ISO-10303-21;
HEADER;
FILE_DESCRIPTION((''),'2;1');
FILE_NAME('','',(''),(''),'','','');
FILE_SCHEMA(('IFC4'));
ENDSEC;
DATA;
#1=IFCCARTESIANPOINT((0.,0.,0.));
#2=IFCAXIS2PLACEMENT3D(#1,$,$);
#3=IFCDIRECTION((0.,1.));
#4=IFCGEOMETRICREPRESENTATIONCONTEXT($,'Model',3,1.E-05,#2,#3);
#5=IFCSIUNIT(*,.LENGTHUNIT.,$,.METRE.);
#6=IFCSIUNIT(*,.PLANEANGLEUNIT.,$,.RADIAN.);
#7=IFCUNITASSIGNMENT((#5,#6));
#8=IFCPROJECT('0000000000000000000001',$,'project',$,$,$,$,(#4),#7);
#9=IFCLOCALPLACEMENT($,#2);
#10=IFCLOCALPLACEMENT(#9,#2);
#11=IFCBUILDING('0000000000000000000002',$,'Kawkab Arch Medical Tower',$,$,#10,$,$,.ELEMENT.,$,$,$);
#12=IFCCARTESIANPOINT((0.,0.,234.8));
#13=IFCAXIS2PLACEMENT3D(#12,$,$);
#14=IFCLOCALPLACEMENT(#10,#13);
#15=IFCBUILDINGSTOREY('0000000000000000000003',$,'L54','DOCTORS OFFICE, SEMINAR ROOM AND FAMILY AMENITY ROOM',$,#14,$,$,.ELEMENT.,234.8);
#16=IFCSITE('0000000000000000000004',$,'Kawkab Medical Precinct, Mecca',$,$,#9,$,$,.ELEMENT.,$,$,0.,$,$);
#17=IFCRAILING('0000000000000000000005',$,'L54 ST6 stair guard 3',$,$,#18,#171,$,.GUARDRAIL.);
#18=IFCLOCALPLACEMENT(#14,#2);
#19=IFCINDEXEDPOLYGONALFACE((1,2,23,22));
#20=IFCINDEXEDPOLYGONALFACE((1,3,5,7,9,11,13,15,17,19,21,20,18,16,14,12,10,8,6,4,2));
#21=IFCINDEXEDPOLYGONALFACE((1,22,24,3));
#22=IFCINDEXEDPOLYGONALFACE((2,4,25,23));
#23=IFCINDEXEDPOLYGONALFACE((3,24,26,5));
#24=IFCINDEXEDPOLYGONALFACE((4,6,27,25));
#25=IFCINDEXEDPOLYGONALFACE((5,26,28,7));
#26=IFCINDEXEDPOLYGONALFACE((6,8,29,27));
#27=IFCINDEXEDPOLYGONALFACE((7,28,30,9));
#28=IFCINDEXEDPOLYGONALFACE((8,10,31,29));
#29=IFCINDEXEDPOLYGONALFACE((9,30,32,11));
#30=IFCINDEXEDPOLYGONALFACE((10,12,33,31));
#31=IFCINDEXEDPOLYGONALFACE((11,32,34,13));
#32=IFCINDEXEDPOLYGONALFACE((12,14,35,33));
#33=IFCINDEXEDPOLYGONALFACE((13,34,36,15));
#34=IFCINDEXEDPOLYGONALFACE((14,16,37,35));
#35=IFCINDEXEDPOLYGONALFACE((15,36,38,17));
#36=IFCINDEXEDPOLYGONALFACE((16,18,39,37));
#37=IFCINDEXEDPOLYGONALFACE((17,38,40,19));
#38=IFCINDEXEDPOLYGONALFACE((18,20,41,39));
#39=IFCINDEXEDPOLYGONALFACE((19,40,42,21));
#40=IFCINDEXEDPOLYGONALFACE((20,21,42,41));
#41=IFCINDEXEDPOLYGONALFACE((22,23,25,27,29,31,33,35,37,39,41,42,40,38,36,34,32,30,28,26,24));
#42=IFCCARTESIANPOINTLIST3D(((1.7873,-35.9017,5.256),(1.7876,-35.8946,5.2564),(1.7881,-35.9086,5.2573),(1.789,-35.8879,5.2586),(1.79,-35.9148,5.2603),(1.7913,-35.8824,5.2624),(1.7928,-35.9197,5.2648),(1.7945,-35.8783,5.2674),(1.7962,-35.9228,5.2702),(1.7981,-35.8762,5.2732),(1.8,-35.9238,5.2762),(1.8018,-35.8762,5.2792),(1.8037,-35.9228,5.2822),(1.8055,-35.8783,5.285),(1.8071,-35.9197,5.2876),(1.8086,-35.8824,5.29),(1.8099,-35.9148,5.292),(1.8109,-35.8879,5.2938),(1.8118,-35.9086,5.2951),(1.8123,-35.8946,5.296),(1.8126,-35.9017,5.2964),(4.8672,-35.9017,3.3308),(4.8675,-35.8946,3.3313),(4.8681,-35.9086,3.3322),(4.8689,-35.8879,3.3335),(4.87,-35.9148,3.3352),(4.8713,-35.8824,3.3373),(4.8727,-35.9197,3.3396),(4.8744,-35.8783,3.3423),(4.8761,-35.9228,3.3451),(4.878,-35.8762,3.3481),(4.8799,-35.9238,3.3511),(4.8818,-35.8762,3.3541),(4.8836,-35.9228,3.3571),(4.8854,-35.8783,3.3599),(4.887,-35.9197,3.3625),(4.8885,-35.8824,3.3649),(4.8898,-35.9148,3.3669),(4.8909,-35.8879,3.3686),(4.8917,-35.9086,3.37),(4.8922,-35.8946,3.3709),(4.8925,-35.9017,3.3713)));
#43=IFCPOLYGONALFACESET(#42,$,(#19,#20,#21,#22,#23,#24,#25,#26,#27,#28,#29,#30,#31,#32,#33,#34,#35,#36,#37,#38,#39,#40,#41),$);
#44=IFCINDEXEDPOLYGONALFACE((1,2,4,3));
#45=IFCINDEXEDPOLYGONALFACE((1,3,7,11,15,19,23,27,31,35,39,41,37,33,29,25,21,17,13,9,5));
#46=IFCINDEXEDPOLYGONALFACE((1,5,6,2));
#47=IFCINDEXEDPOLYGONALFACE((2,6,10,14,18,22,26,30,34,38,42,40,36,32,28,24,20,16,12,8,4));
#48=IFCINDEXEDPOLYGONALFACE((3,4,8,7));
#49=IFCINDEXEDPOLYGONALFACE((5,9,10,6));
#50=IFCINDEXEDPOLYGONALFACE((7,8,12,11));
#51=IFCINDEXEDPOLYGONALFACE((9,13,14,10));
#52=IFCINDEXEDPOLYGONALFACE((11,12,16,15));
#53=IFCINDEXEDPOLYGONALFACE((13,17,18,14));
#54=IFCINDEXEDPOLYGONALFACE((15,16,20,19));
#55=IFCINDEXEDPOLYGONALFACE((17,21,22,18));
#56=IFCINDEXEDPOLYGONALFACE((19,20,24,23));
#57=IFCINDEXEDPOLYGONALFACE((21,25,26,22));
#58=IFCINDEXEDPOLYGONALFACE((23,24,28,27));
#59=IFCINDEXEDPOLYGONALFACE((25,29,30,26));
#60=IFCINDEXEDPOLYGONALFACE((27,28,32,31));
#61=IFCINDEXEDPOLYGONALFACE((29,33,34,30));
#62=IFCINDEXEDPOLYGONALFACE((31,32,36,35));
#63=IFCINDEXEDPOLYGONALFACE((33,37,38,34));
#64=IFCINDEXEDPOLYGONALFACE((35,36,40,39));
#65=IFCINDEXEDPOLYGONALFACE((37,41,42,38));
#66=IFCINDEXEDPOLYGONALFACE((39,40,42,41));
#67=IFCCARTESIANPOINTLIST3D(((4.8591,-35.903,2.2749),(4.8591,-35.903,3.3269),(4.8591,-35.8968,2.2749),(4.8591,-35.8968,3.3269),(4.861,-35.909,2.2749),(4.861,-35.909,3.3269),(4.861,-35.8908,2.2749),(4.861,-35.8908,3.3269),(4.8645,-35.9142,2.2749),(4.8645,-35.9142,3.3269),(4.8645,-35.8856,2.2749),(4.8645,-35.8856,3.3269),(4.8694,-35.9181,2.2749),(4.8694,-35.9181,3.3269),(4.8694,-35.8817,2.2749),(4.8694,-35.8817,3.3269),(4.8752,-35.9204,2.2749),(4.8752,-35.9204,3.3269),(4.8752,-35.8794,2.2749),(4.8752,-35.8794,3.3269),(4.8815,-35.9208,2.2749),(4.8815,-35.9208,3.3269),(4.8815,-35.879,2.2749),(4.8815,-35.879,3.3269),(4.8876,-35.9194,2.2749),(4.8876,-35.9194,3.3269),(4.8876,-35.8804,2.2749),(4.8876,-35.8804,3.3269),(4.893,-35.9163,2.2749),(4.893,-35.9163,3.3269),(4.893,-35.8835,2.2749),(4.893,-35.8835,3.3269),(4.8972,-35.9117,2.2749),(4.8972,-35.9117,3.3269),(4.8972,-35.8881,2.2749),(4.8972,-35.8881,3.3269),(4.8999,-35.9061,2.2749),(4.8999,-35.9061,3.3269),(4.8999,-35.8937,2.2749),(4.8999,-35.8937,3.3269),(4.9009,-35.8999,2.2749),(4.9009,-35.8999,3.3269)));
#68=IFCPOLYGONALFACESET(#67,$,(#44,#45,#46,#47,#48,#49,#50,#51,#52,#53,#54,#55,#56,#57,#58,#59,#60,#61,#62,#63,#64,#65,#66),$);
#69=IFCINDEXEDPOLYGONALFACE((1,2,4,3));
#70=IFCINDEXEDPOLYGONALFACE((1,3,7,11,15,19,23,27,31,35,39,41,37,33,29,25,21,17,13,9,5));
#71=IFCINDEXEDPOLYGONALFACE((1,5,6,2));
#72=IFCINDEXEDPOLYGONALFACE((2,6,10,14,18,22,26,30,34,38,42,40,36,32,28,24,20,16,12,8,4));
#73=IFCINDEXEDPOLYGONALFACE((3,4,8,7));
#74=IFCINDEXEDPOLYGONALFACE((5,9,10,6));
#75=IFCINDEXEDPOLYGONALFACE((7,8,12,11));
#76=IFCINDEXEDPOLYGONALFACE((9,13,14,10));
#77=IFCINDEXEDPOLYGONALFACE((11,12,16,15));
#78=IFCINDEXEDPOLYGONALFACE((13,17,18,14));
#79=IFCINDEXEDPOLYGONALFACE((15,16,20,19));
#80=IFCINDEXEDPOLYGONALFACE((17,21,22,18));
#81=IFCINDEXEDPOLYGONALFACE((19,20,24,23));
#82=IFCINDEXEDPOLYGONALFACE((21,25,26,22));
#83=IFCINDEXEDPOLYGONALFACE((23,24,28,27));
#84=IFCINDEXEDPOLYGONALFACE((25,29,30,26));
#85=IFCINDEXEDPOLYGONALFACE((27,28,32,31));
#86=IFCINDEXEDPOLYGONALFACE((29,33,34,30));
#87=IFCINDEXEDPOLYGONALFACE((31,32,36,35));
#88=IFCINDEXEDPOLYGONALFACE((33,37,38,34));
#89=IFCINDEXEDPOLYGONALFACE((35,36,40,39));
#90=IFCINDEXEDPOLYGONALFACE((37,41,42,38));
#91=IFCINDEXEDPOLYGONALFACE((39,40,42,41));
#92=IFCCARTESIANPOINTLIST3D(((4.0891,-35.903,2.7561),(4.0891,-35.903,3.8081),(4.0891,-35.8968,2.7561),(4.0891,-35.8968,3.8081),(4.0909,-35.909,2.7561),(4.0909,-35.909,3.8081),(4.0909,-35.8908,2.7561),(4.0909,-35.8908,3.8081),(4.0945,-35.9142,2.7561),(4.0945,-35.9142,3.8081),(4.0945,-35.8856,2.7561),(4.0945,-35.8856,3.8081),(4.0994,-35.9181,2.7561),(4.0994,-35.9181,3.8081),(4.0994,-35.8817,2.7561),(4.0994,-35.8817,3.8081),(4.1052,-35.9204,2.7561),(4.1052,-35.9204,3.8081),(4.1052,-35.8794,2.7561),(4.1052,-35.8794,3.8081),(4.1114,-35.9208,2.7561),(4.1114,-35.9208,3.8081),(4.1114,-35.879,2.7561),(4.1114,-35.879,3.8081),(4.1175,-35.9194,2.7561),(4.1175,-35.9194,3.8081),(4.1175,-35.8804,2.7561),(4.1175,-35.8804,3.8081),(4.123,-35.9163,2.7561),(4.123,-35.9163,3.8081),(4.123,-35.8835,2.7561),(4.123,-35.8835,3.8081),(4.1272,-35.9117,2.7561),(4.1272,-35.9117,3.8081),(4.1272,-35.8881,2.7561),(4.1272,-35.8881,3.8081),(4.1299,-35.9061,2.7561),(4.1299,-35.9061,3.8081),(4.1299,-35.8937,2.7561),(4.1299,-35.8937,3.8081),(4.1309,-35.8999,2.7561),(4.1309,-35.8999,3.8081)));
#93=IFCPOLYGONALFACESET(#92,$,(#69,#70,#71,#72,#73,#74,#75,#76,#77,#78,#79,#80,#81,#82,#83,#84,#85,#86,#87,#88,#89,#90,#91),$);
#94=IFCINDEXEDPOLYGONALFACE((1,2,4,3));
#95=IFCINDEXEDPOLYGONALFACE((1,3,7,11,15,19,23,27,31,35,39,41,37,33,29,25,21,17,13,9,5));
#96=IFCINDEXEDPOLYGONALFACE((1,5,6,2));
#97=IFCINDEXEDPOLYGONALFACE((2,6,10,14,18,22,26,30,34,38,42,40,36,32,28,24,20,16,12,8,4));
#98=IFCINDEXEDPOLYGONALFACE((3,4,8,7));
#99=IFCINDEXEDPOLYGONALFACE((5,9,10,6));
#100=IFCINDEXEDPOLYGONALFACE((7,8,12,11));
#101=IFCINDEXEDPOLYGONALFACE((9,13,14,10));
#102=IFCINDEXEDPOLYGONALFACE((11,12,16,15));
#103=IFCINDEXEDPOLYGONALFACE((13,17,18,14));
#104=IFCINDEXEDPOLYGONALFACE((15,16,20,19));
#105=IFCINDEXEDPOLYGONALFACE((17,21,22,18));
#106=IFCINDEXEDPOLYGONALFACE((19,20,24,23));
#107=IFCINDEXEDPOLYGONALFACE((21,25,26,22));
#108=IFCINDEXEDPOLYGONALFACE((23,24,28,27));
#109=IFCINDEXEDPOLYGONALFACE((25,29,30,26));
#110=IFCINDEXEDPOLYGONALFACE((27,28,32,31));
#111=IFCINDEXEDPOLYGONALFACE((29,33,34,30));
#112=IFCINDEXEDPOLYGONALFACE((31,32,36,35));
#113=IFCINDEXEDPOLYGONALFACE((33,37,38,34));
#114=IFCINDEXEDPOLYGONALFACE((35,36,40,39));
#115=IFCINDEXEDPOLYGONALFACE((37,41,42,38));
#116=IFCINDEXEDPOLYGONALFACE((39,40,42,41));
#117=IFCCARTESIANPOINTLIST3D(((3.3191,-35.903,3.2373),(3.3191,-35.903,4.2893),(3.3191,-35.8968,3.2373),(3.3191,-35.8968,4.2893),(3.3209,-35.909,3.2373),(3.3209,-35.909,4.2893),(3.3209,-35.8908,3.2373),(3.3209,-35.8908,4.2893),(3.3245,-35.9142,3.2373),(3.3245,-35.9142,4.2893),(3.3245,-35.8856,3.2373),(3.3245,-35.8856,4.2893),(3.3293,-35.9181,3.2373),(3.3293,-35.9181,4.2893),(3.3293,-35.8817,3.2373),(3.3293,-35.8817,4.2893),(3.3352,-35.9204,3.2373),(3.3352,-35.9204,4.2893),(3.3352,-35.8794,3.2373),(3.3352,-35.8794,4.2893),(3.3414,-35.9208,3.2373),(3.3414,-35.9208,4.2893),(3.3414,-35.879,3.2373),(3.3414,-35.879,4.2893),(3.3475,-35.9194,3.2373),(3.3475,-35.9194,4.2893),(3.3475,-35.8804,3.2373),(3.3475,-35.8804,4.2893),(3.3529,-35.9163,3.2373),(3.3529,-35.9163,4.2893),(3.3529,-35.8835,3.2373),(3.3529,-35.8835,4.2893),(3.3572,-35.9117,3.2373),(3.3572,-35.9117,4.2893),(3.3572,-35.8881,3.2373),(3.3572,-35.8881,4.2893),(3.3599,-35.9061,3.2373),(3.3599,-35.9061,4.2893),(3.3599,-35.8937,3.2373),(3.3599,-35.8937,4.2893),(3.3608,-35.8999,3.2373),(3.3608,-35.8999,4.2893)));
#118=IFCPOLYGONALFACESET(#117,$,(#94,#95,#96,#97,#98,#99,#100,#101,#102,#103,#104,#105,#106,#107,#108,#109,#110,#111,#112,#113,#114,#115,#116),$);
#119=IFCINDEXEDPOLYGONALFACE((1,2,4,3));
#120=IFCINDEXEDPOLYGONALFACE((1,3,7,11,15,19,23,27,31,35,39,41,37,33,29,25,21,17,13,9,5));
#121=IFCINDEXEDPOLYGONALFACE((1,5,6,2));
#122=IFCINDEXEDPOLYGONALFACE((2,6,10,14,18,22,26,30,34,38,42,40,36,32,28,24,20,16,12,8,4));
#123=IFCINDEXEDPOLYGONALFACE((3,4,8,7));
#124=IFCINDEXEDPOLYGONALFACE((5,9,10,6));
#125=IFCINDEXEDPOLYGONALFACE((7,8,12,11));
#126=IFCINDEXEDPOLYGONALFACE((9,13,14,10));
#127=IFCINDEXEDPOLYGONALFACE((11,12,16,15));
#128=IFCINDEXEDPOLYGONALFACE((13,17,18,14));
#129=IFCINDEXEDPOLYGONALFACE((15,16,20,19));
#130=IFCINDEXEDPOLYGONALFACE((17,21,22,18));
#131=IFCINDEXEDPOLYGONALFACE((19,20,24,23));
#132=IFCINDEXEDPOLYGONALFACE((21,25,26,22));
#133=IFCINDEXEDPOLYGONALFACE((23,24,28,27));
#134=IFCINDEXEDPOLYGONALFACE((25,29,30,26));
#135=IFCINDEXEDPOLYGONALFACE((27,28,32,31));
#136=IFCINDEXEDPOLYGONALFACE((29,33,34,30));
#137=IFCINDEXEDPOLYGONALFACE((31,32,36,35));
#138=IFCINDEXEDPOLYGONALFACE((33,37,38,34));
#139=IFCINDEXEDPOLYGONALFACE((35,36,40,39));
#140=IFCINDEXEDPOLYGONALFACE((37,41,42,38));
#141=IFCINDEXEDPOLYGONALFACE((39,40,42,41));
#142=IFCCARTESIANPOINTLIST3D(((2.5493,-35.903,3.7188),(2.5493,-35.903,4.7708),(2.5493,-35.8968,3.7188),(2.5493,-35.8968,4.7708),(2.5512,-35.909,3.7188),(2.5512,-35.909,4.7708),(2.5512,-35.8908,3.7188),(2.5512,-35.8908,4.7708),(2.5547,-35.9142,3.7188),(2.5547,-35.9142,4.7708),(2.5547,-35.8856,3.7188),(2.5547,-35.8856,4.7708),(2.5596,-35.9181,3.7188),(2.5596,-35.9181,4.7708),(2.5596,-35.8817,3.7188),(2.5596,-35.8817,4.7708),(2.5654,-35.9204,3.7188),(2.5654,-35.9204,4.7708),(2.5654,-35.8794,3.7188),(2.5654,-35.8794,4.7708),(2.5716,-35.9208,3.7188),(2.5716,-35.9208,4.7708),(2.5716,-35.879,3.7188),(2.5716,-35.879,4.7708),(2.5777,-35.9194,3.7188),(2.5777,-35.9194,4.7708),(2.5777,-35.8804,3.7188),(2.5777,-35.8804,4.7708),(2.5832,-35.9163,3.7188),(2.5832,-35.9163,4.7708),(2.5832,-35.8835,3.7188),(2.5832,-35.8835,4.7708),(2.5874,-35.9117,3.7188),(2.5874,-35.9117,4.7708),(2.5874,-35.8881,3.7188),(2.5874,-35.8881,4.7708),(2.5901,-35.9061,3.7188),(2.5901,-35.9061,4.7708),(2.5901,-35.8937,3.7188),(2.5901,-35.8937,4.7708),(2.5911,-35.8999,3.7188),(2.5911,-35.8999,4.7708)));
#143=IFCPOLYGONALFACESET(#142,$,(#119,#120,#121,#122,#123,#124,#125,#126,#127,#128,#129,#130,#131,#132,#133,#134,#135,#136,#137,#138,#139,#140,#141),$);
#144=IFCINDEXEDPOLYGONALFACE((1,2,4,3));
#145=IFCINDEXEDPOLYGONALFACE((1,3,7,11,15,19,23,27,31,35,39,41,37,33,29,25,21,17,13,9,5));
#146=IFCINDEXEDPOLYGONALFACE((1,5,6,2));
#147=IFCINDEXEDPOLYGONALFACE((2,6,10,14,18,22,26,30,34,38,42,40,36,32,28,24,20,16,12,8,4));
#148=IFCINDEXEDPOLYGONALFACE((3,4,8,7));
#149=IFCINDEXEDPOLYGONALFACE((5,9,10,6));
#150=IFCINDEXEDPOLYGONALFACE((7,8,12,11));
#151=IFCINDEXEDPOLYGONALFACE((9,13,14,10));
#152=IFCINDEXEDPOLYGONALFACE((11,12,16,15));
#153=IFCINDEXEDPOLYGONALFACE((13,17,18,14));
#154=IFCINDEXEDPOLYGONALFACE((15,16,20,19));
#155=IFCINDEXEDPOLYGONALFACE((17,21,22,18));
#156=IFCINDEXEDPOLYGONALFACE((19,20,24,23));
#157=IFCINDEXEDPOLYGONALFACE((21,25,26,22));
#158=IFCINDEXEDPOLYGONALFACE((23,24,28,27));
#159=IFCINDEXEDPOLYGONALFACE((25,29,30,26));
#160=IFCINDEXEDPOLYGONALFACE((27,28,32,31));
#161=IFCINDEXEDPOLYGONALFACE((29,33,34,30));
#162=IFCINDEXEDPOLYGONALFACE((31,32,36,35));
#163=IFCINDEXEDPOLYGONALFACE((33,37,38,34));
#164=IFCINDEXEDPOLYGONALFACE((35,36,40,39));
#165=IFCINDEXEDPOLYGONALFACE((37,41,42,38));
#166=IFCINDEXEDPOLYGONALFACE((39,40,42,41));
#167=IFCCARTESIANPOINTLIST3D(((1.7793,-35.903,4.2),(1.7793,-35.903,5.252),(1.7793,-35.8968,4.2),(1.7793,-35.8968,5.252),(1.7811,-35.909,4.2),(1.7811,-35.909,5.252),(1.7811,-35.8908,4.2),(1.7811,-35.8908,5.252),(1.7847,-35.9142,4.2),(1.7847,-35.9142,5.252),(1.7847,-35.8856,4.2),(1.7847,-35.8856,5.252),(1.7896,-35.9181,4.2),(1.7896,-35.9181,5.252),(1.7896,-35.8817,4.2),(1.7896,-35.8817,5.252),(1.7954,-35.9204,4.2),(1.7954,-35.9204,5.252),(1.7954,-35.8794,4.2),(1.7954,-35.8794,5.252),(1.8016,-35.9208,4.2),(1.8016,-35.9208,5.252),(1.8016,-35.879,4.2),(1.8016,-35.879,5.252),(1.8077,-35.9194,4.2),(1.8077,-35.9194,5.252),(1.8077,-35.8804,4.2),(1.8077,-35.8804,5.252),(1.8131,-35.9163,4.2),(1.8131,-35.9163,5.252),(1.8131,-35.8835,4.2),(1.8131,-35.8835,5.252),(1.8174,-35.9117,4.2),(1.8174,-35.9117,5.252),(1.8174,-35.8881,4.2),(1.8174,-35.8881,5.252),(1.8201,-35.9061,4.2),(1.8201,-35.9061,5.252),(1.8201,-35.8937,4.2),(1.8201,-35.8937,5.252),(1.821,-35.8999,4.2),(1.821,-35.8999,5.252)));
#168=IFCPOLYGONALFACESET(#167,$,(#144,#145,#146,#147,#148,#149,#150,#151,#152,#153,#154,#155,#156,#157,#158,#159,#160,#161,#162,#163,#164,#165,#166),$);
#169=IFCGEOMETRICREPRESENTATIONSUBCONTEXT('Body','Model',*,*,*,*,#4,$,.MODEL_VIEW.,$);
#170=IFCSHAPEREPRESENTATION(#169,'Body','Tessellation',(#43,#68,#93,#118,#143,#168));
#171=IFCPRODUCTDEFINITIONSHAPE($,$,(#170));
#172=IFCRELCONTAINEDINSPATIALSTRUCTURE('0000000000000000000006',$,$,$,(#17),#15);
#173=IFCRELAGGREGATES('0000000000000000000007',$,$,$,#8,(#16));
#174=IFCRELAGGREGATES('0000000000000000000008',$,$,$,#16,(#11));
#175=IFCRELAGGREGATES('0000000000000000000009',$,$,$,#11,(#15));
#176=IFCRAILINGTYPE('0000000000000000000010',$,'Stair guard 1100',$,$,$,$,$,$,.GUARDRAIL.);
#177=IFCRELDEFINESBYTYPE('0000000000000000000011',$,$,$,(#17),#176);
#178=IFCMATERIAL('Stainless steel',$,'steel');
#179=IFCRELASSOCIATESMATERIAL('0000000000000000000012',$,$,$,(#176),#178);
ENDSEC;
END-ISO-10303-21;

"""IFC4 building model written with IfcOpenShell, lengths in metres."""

from ifc_helpers import new_model, si_unit, direction, frame, origin, origin_2d, place, context, subcontext, project, spatial, circle, extrude, material, type_object, element, save


model = new_model("IFC4")

# Units and contexts
model_context = context("Model", 3, precision=1e-05, world=origin(), true_north=direction((0.0, 1.0)))
body_context = subcontext(model_context, "Body", "Model", "MODEL_VIEW")
ifc_project = project(units=[si_unit("LENGTHUNIT", "METRE"), si_unit("PLANEANGLEUNIT", "RADIAN")], contexts=[model_context])

# Site, building, storey
site_placement = place(None, origin())
site = spatial("IfcSite", under=ifc_project, at=site_placement, Name="Kawkab Medical Precinct, Mecca", CompositionType="ELEMENT", RefElevation=0.0)
building_placement = place(site_placement, origin())
building = spatial("IfcBuilding", under=site, at=building_placement, Name="Kawkab Arch Medical Tower", CompositionType="ELEMENT")
storey_placement = place(building_placement, frame((0.0, 0.0, 234.8)))
storey = spatial("IfcBuildingStorey", under=building, at=storey_placement, Name="L54", Description="DOCTORS OFFICE, SEMINAR ROOM AND FAMILY AMENITY ROOM", CompositionType="ELEMENT", Elevation=234.8)

# Railing
ifc_material_1 = material(Name="Stainless steel", Category="steel")
railing_type = type_object("IfcRailingType", Name="Stair guard 1100", PredefinedType="GUARDRAIL", material=ifc_material_1)
railing_1_placement = place(storey_placement, frame((4.8799, -35.8999, 2.2749)))
element("IfcRailing", 1, at=railing_1_placement, inside=storey, type_object=railing_type, Name="L54 ST6 stair guard 3", PredefinedType="GUARDRAIL", context=body_context, shape_type="SweptSolid", body=[
    extrude(circle(Radius=0.0239, at=origin_2d()), frame((0.0, 0.0, 1.0762), z_axis=(-0.847979, 0.0, 0.530029), x_axis=(0.0, -1.0, 0.0)), (0.0, 0.0, 1.0), 3.6321),
    extrude(circle(Radius=0.021, at=origin_2d()), origin(), (0.0, 0.0, 1.0), 1.052),
    extrude(circle(Radius=0.021, at=origin_2d()), frame((-0.77, 0.0, 0.4812)), (0.0, 0.0, 1.0), 1.052),
    extrude(circle(Radius=0.021, at=origin_2d()), frame((-1.54, 0.0, 0.9624)), (0.0, 0.0, 1.0), 1.052),
    extrude(circle(Radius=0.021, at=origin_2d()), frame((-2.3098, 0.0, 1.4438)), (0.0, 0.0, 1.0), 1.052),
    extrude(circle(Radius=0.021, at=origin_2d()), frame((-3.0798, 0.0, 1.925)), (0.0, 0.0, 1.0), 1.052),
])

save(model, "model.ifc")
